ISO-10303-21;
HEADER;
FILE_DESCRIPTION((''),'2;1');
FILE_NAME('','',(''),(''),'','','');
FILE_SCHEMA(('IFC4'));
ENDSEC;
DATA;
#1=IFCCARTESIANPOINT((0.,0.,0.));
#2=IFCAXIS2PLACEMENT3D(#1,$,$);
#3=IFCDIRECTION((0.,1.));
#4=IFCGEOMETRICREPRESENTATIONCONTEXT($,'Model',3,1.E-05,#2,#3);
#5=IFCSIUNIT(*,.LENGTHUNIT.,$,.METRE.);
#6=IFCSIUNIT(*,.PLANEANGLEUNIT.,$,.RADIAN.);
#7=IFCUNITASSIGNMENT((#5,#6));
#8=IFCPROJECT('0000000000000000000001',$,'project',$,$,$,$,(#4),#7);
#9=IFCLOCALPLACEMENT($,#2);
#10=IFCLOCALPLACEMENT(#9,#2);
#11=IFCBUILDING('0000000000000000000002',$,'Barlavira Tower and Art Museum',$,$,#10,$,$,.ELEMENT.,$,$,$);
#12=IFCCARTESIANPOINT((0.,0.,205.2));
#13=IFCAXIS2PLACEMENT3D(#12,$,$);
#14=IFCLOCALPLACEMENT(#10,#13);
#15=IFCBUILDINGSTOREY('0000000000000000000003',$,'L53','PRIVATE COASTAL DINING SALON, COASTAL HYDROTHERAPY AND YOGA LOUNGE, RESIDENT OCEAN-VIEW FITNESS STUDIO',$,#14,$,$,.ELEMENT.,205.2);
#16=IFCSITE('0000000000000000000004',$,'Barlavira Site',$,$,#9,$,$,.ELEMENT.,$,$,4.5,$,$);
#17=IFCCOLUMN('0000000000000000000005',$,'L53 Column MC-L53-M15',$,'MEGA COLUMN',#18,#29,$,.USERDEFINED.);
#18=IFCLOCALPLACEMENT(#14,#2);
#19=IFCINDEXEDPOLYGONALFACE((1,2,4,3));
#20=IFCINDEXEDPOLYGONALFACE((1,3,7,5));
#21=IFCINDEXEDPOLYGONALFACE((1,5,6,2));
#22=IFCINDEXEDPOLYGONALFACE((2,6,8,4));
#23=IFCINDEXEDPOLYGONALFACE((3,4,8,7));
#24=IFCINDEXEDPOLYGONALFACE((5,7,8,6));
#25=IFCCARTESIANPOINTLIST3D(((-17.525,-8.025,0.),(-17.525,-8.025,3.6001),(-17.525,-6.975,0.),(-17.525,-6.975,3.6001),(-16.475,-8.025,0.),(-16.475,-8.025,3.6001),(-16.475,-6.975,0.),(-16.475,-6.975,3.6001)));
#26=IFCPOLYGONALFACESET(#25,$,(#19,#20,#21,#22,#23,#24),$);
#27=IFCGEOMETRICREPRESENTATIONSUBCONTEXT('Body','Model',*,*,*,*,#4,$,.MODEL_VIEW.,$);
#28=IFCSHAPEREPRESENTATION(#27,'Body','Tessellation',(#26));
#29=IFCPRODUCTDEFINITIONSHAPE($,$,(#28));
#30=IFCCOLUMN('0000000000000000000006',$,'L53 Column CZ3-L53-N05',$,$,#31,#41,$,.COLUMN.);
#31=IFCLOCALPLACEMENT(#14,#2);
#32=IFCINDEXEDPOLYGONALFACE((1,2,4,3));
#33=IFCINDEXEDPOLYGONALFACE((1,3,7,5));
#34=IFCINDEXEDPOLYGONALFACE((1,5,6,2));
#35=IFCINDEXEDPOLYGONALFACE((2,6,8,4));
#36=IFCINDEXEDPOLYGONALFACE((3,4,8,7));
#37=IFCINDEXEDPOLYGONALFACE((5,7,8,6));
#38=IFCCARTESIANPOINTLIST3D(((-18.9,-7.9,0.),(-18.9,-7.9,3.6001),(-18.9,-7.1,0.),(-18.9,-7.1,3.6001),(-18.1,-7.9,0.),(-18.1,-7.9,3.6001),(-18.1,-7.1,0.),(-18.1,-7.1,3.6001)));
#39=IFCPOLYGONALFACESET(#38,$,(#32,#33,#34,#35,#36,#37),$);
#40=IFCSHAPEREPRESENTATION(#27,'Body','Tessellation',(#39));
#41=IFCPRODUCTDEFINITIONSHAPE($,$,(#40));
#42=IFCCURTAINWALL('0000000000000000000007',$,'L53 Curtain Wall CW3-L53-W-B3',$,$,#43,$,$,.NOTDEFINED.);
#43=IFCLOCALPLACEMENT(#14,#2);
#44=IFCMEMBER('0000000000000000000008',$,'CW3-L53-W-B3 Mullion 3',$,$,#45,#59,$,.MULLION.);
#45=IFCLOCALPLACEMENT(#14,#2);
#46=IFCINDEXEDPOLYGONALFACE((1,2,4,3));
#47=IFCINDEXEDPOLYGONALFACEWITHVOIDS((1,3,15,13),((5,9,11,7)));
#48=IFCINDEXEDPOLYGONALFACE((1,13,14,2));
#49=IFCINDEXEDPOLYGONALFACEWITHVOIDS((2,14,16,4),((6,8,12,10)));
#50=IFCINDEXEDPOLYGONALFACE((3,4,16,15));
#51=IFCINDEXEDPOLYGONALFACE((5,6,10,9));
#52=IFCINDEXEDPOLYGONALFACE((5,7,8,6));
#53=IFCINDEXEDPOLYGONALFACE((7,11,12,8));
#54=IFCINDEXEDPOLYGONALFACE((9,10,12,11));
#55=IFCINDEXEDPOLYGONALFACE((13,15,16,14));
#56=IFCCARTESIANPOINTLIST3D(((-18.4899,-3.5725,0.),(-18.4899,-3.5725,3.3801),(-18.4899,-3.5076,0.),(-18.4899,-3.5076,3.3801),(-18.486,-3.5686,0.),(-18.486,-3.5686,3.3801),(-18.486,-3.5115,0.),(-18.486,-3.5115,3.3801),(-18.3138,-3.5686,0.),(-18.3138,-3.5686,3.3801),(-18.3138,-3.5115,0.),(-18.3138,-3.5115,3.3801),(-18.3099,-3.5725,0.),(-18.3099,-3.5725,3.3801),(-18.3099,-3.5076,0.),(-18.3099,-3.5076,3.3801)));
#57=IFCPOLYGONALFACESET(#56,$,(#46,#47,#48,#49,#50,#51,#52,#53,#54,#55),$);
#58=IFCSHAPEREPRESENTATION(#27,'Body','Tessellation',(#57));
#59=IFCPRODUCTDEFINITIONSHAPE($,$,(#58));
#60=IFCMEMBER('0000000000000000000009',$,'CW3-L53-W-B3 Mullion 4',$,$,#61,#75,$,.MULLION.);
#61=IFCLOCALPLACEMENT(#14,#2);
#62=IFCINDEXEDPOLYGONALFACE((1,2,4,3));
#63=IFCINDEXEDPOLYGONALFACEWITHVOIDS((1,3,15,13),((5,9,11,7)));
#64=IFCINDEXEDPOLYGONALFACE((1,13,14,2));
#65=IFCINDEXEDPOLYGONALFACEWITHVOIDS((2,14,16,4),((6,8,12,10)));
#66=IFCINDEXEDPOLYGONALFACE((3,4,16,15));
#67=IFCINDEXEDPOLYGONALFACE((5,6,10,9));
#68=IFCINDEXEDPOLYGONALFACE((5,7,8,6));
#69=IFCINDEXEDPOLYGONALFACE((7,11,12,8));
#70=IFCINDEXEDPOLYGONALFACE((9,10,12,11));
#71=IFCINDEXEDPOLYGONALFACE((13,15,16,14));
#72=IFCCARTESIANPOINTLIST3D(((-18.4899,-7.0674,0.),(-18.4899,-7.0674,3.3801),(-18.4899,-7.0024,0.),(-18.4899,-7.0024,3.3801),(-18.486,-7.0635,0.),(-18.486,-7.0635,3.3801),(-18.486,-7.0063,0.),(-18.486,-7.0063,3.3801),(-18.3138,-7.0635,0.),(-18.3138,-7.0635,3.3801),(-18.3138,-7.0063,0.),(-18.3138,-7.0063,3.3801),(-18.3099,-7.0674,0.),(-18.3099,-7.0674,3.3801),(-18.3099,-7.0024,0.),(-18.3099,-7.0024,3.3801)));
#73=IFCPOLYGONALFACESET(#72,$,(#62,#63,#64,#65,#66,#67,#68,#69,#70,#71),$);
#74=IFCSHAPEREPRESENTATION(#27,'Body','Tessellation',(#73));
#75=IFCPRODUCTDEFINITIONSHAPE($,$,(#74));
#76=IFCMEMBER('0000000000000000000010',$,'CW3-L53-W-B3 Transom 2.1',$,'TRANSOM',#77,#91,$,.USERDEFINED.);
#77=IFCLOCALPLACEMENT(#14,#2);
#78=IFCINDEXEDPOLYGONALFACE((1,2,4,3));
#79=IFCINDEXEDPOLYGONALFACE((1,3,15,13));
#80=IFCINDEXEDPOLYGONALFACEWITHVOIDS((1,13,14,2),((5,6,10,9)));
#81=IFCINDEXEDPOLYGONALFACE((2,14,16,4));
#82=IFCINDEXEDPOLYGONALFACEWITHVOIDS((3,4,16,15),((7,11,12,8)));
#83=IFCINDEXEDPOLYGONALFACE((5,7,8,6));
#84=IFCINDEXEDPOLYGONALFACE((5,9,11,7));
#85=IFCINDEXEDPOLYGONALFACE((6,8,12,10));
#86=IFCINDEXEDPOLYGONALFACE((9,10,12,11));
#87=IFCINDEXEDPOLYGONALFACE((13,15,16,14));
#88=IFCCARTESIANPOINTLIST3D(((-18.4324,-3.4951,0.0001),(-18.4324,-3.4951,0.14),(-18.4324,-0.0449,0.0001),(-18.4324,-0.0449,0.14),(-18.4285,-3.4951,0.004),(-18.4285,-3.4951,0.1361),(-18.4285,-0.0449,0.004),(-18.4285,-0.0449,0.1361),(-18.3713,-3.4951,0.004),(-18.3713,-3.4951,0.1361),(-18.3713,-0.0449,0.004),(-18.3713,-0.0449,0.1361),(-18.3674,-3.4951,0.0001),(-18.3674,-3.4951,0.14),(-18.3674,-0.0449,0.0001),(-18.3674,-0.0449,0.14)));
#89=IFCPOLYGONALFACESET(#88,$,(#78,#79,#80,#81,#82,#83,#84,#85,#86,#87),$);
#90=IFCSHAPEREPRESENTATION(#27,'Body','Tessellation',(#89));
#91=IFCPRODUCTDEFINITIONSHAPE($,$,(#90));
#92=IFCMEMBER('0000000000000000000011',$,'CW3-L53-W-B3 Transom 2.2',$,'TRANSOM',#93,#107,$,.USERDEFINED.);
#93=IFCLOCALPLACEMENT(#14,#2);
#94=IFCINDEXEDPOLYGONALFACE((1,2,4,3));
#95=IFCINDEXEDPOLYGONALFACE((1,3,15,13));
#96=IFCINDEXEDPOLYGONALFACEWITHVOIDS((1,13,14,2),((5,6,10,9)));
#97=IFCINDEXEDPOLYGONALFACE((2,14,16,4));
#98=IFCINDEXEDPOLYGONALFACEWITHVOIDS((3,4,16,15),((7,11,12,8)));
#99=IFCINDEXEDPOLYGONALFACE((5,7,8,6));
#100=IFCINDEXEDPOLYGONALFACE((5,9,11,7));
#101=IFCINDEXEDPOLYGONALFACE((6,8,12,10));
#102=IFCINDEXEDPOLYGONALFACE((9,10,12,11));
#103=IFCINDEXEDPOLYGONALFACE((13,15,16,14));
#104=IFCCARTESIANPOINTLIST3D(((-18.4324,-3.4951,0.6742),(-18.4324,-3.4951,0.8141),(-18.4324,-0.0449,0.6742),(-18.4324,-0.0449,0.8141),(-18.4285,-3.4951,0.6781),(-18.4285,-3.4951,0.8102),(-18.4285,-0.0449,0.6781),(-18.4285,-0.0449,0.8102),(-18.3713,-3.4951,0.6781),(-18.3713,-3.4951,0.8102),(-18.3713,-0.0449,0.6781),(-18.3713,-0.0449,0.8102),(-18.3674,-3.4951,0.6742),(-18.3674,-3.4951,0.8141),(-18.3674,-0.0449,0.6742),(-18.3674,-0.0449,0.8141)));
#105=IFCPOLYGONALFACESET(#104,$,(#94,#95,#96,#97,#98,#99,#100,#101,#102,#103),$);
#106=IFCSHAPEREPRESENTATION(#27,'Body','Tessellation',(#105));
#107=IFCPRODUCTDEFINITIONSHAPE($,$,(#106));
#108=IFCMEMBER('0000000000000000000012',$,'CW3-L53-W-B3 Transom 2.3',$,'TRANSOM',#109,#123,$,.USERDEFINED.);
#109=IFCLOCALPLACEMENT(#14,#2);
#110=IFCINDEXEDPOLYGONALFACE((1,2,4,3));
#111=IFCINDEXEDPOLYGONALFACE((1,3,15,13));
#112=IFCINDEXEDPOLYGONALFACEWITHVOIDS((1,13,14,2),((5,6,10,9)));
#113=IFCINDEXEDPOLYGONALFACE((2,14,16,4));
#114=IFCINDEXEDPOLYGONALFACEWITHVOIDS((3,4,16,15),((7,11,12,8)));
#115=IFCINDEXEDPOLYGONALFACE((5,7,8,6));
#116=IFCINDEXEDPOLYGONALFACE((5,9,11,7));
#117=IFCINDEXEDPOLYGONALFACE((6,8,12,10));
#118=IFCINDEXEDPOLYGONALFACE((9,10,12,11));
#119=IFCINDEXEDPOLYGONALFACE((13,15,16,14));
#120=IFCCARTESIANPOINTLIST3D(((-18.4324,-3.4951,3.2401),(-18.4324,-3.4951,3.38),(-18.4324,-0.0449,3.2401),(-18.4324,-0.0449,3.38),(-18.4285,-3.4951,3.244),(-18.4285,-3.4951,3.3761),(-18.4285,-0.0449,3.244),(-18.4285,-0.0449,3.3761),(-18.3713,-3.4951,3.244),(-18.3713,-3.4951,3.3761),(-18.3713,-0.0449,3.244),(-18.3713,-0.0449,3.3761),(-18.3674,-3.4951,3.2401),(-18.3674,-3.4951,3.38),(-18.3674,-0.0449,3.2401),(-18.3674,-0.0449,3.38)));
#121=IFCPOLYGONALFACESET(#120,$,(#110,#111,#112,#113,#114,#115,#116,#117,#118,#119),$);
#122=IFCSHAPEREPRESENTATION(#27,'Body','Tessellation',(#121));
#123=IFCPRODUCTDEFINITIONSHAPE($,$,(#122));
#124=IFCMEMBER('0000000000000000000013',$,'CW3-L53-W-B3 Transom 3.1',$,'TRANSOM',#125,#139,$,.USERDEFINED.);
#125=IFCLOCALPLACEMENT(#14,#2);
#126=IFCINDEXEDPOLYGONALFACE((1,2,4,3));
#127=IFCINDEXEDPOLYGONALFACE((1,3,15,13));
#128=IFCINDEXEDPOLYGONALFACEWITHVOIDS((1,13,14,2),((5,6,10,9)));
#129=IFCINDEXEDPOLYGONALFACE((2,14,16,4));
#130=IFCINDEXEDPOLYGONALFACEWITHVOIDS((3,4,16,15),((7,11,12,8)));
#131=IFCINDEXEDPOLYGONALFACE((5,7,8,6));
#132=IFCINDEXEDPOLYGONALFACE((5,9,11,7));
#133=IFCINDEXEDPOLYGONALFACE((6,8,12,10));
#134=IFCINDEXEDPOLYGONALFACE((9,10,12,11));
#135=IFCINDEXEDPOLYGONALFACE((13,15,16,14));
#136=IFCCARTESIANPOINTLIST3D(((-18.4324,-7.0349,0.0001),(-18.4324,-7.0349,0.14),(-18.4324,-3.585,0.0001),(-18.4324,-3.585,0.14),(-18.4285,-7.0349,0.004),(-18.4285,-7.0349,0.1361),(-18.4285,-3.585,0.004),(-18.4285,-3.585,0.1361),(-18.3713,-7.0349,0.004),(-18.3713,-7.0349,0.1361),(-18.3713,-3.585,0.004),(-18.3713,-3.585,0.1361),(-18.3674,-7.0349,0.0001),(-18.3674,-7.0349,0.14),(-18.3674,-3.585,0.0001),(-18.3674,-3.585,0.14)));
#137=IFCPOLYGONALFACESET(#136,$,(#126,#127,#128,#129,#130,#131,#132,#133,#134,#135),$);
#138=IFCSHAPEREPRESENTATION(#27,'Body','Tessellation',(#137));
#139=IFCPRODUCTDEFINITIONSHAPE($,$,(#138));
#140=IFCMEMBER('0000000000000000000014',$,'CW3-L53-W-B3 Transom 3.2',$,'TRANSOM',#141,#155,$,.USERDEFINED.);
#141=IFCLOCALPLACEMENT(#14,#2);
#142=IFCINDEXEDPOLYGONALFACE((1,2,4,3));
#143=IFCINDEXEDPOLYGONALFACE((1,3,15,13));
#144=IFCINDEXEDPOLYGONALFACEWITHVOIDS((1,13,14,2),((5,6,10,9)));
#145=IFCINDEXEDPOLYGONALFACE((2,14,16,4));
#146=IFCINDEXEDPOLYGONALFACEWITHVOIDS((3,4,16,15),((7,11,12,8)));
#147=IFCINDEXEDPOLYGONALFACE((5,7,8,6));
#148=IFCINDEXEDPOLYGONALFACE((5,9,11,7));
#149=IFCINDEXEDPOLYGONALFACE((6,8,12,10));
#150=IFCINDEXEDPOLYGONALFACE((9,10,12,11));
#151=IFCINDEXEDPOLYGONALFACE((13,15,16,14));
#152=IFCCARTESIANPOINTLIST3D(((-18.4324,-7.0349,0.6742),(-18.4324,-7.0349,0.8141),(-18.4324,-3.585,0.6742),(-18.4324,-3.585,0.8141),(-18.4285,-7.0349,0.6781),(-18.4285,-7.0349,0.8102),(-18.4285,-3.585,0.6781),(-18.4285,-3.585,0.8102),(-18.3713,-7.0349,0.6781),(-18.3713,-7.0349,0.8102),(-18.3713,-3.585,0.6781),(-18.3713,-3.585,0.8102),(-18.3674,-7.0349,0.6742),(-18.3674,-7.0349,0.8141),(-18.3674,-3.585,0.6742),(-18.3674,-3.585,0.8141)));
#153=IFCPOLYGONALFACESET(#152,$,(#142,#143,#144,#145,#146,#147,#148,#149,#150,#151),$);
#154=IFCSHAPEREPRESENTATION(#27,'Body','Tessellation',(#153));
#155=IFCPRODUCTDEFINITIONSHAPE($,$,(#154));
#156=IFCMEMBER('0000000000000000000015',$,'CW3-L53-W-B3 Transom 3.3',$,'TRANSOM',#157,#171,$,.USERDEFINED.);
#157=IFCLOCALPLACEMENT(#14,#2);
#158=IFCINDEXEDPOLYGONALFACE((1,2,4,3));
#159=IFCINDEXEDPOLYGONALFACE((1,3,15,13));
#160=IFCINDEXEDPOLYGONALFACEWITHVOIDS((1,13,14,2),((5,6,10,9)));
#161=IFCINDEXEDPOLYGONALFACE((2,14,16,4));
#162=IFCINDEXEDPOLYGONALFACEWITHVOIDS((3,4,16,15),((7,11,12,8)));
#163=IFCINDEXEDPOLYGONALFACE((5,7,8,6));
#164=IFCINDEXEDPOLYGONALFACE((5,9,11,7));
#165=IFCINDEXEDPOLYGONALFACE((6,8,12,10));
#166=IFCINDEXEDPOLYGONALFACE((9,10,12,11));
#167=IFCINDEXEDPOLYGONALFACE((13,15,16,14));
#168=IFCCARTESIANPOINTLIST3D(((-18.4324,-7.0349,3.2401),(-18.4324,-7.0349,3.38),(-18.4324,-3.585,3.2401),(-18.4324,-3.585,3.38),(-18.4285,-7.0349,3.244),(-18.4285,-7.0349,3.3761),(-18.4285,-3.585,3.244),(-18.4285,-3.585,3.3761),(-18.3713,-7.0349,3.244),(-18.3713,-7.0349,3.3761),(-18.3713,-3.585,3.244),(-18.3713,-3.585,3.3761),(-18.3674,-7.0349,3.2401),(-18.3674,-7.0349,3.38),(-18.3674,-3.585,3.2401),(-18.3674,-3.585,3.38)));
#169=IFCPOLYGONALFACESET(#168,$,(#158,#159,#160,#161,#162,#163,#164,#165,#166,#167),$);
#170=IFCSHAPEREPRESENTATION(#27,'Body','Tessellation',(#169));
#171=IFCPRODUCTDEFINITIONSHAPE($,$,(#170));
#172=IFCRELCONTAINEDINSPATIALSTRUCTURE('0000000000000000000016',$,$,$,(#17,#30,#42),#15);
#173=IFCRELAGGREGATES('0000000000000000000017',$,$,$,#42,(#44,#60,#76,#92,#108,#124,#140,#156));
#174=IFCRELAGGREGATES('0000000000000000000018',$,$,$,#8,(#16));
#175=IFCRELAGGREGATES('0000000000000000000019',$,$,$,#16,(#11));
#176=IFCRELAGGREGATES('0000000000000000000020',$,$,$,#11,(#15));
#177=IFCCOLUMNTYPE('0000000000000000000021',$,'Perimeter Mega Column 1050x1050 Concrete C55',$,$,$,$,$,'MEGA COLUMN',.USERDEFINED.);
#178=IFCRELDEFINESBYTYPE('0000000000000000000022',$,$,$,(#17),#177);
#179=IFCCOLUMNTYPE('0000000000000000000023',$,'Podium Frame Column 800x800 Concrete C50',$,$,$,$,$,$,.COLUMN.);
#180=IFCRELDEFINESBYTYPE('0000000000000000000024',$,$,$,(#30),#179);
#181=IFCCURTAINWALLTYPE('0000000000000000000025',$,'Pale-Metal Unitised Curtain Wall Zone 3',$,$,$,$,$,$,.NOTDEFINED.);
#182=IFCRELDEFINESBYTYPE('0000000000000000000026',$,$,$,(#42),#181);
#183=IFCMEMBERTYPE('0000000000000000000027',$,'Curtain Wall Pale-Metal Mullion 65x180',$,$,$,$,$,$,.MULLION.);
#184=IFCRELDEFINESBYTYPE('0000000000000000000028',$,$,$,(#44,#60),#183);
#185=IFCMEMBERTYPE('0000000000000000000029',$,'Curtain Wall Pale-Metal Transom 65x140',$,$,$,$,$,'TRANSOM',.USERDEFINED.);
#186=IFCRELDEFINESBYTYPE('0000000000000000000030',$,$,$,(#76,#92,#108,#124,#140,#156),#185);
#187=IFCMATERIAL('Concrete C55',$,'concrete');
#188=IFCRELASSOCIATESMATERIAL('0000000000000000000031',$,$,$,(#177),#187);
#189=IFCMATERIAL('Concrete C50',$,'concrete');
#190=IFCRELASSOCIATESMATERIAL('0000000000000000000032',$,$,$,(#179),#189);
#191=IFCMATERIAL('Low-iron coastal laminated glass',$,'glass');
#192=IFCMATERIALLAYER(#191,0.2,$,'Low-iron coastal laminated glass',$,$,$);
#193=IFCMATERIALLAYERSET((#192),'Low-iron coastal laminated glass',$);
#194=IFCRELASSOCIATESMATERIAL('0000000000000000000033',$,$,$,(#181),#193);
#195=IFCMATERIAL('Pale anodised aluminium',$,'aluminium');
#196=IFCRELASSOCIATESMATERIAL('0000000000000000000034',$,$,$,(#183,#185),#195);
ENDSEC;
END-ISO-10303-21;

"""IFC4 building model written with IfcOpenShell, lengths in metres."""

from ifc_helpers import new_model, si_unit, direction, frame, origin, origin_2d, place, context, subcontext, project, spatial, rectangle, hollow_rectangle, extrude, material, layer, layer_set, material_profile, profile_set, type_object, element, aggregate, save


model = new_model("IFC4")

# Units and contexts
model_context = context("Model", 3, precision=1e-05, world=origin(), true_north=direction((0.0, 1.0)))
body_context = subcontext(model_context, "Body", "Model", "MODEL_VIEW")
ifc_project = project(units=[si_unit("LENGTHUNIT", "METRE"), si_unit("PLANEANGLEUNIT", "RADIAN")], contexts=[model_context])

# Site, building, storey
site_placement = place(None, origin())
site = spatial("IfcSite", under=ifc_project, at=site_placement, Name="Barlavira Site", CompositionType="ELEMENT", RefElevation=4.5)
building_placement = place(site_placement, origin())
building = spatial("IfcBuilding", under=site, at=building_placement, Name="Barlavira Tower and Art Museum", CompositionType="ELEMENT")
storey_placement = place(building_placement, frame((0.0, 0.0, 205.2)))
storey = spatial("IfcBuildingStorey", under=building, at=storey_placement, Name="L53", Description="PRIVATE COASTAL DINING SALON, COASTAL HYDROTHERAPY AND YOGA LOUNGE, RESIDENT OCEAN-VIEW FITNESS STUDIO", CompositionType="ELEMENT", Elevation=205.2)

# Columns
ifc_material_1 = material(Name="Concrete C55", Category="concrete")
ifc_material_profile_1 = material_profile(ifc_material_1, rectangle(XDim=1.05, YDim=1.05, at=origin_2d()), Name="RC-COL 1050x1050")
ifc_profile_set_1 = profile_set([ifc_material_profile_1], Name="Concrete C55")
column_type_1 = type_object("IfcColumnType", Name="Perimeter Mega Column 1050x1050 Concrete C55", ElementType="MEGA COLUMN", PredefinedType="USERDEFINED", material=ifc_profile_set_1)
column_1_placement = place(storey_placement, frame((-17.0, -7.5, 0.0), z_axis=(0.0, 0.0, 1.0), x_axis=(1.0, 0.0, 0.0)))
element("IfcColumn", 1, at=column_1_placement, inside=storey, type_object=column_type_1, Name="L53 Column MC-L53-M15", ObjectType="MEGA COLUMN", PredefinedType="USERDEFINED", context=body_context, shape_type="SweptSolid", body=[
    extrude(rectangle(XDim=1.05, YDim=1.05, at=origin_2d()), origin(), (0.0, 0.0, 1.0), 3.6001),
])
ifc_material_2 = material(Name="Concrete C50", Category="concrete")
ifc_material_profile_2 = material_profile(ifc_material_2, rectangle(XDim=0.8, YDim=0.8, at=origin_2d()), Name="RC-COL 800x800")
ifc_profile_set_2 = profile_set([ifc_material_profile_2], Name="Concrete C50")
column_type_2 = type_object("IfcColumnType", Name="Podium Frame Column 800x800 Concrete C50", PredefinedType="COLUMN", material=ifc_profile_set_2)
column_2_placement = place(storey_placement, frame((-18.5, -7.5, 0.0), z_axis=(0.0, 0.0, 1.0), x_axis=(1.0, 0.0, 0.0)))
element("IfcColumn", 2, at=column_2_placement, inside=storey, type_object=column_type_2, Name="L53 Column CZ3-L53-N05", PredefinedType="COLUMN", context=body_context, shape_type="SweptSolid", body=[
    extrude(rectangle(XDim=0.8, YDim=0.8, at=origin_2d()), origin(), (0.0, 0.0, 1.0), 3.6001),
])

# Curtain wall, members
ifc_material_3 = material(Name="Low-iron coastal laminated glass", Category="glass")
ifc_layer_1 = layer(ifc_material_3, 0.2, Name="Low-iron coastal laminated glass")
ifc_layer_set_1 = layer_set([ifc_layer_1], Name="Low-iron coastal laminated glass")
curtain_wall_type = type_object("IfcCurtainWallType", Name="Pale-Metal Unitised Curtain Wall Zone 3", PredefinedType="NOTDEFINED", material=ifc_layer_set_1)
curtain_wall_placement = place(storey_placement, origin())
curtain_wall = element("IfcCurtainWall", 3, at=curtain_wall_placement, inside=storey, type_object=curtain_wall_type, Name="L53 Curtain Wall CW3-L53-W-B3", PredefinedType="NOTDEFINED")
ifc_material_4 = material(Name="Pale anodised aluminium", Category="aluminium")
ifc_material_profile_3 = material_profile(ifc_material_4, hollow_rectangle(XDim=0.0649, YDim=0.1799, WallThickness=0.0039, at=origin_2d()), Name="ALU-MULL 65x180x4")
ifc_profile_set_3 = profile_set([ifc_material_profile_3], Name="Pale anodised aluminium")
member_type_1 = type_object("IfcMemberType", Name="Curtain Wall Pale-Metal Mullion 65x180", PredefinedType="MULLION", material=ifc_profile_set_3)
member_1_placement = place(storey_placement, frame((-18.3999, -3.54, 0.0), z_axis=(0.0, 0.0, 1.0), x_axis=(0.0, -1.0, 0.0)))
member_1 = element("IfcMember", 4, at=member_1_placement, type_object=member_type_1, Name="CW3-L53-W-B3 Mullion 3", PredefinedType="MULLION", context=body_context, shape_type="SweptSolid", body=[
    extrude(hollow_rectangle(XDim=0.0649, YDim=0.1799, WallThickness=0.0039, at=origin_2d()), origin(), (0.0, 0.0, 1.0), 3.3801),
])
member_2_placement = place(storey_placement, frame((-18.3999, -7.0349, 0.0), z_axis=(0.0, 0.0, 1.0), x_axis=(0.0, -1.0, 0.0)))
member_2 = element("IfcMember", 5, at=member_2_placement, type_object=member_type_1, Name="CW3-L53-W-B3 Mullion 4", PredefinedType="MULLION", context=body_context, shape_type="SweptSolid", body=[
    extrude(hollow_rectangle(XDim=0.0649, YDim=0.1799, WallThickness=0.0039, at=origin_2d()), origin(), (0.0, 0.0, 1.0), 3.3801),
])
ifc_material_profile_4 = material_profile(ifc_material_4, hollow_rectangle(XDim=0.0649, YDim=0.1399, WallThickness=0.0039, at=origin_2d()), Name="ALU-TRAN 65x140x4")
ifc_profile_set_4 = profile_set([ifc_material_profile_4], Name="Pale anodised aluminium")
member_type_2 = type_object("IfcMemberType", Name="Curtain Wall Pale-Metal Transom 65x140", ElementType="TRANSOM", PredefinedType="USERDEFINED", material=ifc_profile_set_4)
member_3_placement = place(storey_placement, frame((-18.3999, -0.0449, 0.0701), z_axis=(0.0, -1.0, 0.0), x_axis=(1.0, 0.0, 0.0)))
member_3 = element("IfcMember", 6, at=member_3_placement, type_object=member_type_2, Name="CW3-L53-W-B3 Transom 2.1", ObjectType="TRANSOM", PredefinedType="USERDEFINED", context=body_context, shape_type="SweptSolid", body=[
    extrude(hollow_rectangle(XDim=0.0649, YDim=0.1399, WallThickness=0.0039, at=origin_2d()), origin(), (0.0, 0.0, 1.0), 3.4502),
])
member_4_placement = place(storey_placement, frame((-18.3999, -0.0449, 0.7441), z_axis=(0.0, -1.0, 0.0), x_axis=(1.0, 0.0, 0.0)))
member_4 = element("IfcMember", 7, at=member_4_placement, type_object=member_type_2, Name="CW3-L53-W-B3 Transom 2.2", ObjectType="TRANSOM", PredefinedType="USERDEFINED", context=body_context, shape_type="SweptSolid", body=[
    extrude(hollow_rectangle(XDim=0.0649, YDim=0.1399, WallThickness=0.0039, at=origin_2d()), origin(), (0.0, 0.0, 1.0), 3.4502),
])
member_5_placement = place(storey_placement, frame((-18.3999, -0.0449, 3.3101), z_axis=(0.0, -1.0, 0.0), x_axis=(1.0, 0.0, 0.0)))
member_5 = element("IfcMember", 8, at=member_5_placement, type_object=member_type_2, Name="CW3-L53-W-B3 Transom 2.3", ObjectType="TRANSOM", PredefinedType="USERDEFINED", context=body_context, shape_type="SweptSolid", body=[
    extrude(hollow_rectangle(XDim=0.0649, YDim=0.1399, WallThickness=0.0039, at=origin_2d()), origin(), (0.0, 0.0, 1.0), 3.4502),
])
member_6_placement = place(storey_placement, frame((-18.3999, -3.585, 0.0701), z_axis=(0.0, -1.0, 0.0), x_axis=(1.0, 0.0, 0.0)))
member_6 = element("IfcMember", 9, at=member_6_placement, type_object=member_type_2, Name="CW3-L53-W-B3 Transom 3.1", ObjectType="TRANSOM", PredefinedType="USERDEFINED", context=body_context, shape_type="SweptSolid", body=[
    extrude(hollow_rectangle(XDim=0.0649, YDim=0.1399, WallThickness=0.0039, at=origin_2d()), origin(), (0.0, 0.0, 1.0), 3.45),
])
member_7_placement = place(storey_placement, frame((-18.3999, -3.585, 0.7441), z_axis=(0.0, -1.0, 0.0), x_axis=(1.0, 0.0, 0.0)))
member_7 = element("IfcMember", 10, at=member_7_placement, type_object=member_type_2, Name="CW3-L53-W-B3 Transom 3.2", ObjectType="TRANSOM", PredefinedType="USERDEFINED", context=body_context, shape_type="SweptSolid", body=[
    extrude(hollow_rectangle(XDim=0.0649, YDim=0.1399, WallThickness=0.0039, at=origin_2d()), origin(), (0.0, 0.0, 1.0), 3.45),
])
member_8_placement = place(storey_placement, frame((-18.3999, -3.585, 3.3101), z_axis=(0.0, -1.0, 0.0), x_axis=(1.0, 0.0, 0.0)))
member_8 = element("IfcMember", 11, at=member_8_placement, type_object=member_type_2, Name="CW3-L53-W-B3 Transom 3.3", ObjectType="TRANSOM", PredefinedType="USERDEFINED", context=body_context, shape_type="SweptSolid", body=[
    extrude(hollow_rectangle(XDim=0.0649, YDim=0.1399, WallThickness=0.0039, at=origin_2d()), origin(), (0.0, 0.0, 1.0), 3.45),
])

aggregate(curtain_wall, [member_1, member_2, member_3, member_4, member_5, member_6, member_7, member_8])

save(model, "model.ifc")
